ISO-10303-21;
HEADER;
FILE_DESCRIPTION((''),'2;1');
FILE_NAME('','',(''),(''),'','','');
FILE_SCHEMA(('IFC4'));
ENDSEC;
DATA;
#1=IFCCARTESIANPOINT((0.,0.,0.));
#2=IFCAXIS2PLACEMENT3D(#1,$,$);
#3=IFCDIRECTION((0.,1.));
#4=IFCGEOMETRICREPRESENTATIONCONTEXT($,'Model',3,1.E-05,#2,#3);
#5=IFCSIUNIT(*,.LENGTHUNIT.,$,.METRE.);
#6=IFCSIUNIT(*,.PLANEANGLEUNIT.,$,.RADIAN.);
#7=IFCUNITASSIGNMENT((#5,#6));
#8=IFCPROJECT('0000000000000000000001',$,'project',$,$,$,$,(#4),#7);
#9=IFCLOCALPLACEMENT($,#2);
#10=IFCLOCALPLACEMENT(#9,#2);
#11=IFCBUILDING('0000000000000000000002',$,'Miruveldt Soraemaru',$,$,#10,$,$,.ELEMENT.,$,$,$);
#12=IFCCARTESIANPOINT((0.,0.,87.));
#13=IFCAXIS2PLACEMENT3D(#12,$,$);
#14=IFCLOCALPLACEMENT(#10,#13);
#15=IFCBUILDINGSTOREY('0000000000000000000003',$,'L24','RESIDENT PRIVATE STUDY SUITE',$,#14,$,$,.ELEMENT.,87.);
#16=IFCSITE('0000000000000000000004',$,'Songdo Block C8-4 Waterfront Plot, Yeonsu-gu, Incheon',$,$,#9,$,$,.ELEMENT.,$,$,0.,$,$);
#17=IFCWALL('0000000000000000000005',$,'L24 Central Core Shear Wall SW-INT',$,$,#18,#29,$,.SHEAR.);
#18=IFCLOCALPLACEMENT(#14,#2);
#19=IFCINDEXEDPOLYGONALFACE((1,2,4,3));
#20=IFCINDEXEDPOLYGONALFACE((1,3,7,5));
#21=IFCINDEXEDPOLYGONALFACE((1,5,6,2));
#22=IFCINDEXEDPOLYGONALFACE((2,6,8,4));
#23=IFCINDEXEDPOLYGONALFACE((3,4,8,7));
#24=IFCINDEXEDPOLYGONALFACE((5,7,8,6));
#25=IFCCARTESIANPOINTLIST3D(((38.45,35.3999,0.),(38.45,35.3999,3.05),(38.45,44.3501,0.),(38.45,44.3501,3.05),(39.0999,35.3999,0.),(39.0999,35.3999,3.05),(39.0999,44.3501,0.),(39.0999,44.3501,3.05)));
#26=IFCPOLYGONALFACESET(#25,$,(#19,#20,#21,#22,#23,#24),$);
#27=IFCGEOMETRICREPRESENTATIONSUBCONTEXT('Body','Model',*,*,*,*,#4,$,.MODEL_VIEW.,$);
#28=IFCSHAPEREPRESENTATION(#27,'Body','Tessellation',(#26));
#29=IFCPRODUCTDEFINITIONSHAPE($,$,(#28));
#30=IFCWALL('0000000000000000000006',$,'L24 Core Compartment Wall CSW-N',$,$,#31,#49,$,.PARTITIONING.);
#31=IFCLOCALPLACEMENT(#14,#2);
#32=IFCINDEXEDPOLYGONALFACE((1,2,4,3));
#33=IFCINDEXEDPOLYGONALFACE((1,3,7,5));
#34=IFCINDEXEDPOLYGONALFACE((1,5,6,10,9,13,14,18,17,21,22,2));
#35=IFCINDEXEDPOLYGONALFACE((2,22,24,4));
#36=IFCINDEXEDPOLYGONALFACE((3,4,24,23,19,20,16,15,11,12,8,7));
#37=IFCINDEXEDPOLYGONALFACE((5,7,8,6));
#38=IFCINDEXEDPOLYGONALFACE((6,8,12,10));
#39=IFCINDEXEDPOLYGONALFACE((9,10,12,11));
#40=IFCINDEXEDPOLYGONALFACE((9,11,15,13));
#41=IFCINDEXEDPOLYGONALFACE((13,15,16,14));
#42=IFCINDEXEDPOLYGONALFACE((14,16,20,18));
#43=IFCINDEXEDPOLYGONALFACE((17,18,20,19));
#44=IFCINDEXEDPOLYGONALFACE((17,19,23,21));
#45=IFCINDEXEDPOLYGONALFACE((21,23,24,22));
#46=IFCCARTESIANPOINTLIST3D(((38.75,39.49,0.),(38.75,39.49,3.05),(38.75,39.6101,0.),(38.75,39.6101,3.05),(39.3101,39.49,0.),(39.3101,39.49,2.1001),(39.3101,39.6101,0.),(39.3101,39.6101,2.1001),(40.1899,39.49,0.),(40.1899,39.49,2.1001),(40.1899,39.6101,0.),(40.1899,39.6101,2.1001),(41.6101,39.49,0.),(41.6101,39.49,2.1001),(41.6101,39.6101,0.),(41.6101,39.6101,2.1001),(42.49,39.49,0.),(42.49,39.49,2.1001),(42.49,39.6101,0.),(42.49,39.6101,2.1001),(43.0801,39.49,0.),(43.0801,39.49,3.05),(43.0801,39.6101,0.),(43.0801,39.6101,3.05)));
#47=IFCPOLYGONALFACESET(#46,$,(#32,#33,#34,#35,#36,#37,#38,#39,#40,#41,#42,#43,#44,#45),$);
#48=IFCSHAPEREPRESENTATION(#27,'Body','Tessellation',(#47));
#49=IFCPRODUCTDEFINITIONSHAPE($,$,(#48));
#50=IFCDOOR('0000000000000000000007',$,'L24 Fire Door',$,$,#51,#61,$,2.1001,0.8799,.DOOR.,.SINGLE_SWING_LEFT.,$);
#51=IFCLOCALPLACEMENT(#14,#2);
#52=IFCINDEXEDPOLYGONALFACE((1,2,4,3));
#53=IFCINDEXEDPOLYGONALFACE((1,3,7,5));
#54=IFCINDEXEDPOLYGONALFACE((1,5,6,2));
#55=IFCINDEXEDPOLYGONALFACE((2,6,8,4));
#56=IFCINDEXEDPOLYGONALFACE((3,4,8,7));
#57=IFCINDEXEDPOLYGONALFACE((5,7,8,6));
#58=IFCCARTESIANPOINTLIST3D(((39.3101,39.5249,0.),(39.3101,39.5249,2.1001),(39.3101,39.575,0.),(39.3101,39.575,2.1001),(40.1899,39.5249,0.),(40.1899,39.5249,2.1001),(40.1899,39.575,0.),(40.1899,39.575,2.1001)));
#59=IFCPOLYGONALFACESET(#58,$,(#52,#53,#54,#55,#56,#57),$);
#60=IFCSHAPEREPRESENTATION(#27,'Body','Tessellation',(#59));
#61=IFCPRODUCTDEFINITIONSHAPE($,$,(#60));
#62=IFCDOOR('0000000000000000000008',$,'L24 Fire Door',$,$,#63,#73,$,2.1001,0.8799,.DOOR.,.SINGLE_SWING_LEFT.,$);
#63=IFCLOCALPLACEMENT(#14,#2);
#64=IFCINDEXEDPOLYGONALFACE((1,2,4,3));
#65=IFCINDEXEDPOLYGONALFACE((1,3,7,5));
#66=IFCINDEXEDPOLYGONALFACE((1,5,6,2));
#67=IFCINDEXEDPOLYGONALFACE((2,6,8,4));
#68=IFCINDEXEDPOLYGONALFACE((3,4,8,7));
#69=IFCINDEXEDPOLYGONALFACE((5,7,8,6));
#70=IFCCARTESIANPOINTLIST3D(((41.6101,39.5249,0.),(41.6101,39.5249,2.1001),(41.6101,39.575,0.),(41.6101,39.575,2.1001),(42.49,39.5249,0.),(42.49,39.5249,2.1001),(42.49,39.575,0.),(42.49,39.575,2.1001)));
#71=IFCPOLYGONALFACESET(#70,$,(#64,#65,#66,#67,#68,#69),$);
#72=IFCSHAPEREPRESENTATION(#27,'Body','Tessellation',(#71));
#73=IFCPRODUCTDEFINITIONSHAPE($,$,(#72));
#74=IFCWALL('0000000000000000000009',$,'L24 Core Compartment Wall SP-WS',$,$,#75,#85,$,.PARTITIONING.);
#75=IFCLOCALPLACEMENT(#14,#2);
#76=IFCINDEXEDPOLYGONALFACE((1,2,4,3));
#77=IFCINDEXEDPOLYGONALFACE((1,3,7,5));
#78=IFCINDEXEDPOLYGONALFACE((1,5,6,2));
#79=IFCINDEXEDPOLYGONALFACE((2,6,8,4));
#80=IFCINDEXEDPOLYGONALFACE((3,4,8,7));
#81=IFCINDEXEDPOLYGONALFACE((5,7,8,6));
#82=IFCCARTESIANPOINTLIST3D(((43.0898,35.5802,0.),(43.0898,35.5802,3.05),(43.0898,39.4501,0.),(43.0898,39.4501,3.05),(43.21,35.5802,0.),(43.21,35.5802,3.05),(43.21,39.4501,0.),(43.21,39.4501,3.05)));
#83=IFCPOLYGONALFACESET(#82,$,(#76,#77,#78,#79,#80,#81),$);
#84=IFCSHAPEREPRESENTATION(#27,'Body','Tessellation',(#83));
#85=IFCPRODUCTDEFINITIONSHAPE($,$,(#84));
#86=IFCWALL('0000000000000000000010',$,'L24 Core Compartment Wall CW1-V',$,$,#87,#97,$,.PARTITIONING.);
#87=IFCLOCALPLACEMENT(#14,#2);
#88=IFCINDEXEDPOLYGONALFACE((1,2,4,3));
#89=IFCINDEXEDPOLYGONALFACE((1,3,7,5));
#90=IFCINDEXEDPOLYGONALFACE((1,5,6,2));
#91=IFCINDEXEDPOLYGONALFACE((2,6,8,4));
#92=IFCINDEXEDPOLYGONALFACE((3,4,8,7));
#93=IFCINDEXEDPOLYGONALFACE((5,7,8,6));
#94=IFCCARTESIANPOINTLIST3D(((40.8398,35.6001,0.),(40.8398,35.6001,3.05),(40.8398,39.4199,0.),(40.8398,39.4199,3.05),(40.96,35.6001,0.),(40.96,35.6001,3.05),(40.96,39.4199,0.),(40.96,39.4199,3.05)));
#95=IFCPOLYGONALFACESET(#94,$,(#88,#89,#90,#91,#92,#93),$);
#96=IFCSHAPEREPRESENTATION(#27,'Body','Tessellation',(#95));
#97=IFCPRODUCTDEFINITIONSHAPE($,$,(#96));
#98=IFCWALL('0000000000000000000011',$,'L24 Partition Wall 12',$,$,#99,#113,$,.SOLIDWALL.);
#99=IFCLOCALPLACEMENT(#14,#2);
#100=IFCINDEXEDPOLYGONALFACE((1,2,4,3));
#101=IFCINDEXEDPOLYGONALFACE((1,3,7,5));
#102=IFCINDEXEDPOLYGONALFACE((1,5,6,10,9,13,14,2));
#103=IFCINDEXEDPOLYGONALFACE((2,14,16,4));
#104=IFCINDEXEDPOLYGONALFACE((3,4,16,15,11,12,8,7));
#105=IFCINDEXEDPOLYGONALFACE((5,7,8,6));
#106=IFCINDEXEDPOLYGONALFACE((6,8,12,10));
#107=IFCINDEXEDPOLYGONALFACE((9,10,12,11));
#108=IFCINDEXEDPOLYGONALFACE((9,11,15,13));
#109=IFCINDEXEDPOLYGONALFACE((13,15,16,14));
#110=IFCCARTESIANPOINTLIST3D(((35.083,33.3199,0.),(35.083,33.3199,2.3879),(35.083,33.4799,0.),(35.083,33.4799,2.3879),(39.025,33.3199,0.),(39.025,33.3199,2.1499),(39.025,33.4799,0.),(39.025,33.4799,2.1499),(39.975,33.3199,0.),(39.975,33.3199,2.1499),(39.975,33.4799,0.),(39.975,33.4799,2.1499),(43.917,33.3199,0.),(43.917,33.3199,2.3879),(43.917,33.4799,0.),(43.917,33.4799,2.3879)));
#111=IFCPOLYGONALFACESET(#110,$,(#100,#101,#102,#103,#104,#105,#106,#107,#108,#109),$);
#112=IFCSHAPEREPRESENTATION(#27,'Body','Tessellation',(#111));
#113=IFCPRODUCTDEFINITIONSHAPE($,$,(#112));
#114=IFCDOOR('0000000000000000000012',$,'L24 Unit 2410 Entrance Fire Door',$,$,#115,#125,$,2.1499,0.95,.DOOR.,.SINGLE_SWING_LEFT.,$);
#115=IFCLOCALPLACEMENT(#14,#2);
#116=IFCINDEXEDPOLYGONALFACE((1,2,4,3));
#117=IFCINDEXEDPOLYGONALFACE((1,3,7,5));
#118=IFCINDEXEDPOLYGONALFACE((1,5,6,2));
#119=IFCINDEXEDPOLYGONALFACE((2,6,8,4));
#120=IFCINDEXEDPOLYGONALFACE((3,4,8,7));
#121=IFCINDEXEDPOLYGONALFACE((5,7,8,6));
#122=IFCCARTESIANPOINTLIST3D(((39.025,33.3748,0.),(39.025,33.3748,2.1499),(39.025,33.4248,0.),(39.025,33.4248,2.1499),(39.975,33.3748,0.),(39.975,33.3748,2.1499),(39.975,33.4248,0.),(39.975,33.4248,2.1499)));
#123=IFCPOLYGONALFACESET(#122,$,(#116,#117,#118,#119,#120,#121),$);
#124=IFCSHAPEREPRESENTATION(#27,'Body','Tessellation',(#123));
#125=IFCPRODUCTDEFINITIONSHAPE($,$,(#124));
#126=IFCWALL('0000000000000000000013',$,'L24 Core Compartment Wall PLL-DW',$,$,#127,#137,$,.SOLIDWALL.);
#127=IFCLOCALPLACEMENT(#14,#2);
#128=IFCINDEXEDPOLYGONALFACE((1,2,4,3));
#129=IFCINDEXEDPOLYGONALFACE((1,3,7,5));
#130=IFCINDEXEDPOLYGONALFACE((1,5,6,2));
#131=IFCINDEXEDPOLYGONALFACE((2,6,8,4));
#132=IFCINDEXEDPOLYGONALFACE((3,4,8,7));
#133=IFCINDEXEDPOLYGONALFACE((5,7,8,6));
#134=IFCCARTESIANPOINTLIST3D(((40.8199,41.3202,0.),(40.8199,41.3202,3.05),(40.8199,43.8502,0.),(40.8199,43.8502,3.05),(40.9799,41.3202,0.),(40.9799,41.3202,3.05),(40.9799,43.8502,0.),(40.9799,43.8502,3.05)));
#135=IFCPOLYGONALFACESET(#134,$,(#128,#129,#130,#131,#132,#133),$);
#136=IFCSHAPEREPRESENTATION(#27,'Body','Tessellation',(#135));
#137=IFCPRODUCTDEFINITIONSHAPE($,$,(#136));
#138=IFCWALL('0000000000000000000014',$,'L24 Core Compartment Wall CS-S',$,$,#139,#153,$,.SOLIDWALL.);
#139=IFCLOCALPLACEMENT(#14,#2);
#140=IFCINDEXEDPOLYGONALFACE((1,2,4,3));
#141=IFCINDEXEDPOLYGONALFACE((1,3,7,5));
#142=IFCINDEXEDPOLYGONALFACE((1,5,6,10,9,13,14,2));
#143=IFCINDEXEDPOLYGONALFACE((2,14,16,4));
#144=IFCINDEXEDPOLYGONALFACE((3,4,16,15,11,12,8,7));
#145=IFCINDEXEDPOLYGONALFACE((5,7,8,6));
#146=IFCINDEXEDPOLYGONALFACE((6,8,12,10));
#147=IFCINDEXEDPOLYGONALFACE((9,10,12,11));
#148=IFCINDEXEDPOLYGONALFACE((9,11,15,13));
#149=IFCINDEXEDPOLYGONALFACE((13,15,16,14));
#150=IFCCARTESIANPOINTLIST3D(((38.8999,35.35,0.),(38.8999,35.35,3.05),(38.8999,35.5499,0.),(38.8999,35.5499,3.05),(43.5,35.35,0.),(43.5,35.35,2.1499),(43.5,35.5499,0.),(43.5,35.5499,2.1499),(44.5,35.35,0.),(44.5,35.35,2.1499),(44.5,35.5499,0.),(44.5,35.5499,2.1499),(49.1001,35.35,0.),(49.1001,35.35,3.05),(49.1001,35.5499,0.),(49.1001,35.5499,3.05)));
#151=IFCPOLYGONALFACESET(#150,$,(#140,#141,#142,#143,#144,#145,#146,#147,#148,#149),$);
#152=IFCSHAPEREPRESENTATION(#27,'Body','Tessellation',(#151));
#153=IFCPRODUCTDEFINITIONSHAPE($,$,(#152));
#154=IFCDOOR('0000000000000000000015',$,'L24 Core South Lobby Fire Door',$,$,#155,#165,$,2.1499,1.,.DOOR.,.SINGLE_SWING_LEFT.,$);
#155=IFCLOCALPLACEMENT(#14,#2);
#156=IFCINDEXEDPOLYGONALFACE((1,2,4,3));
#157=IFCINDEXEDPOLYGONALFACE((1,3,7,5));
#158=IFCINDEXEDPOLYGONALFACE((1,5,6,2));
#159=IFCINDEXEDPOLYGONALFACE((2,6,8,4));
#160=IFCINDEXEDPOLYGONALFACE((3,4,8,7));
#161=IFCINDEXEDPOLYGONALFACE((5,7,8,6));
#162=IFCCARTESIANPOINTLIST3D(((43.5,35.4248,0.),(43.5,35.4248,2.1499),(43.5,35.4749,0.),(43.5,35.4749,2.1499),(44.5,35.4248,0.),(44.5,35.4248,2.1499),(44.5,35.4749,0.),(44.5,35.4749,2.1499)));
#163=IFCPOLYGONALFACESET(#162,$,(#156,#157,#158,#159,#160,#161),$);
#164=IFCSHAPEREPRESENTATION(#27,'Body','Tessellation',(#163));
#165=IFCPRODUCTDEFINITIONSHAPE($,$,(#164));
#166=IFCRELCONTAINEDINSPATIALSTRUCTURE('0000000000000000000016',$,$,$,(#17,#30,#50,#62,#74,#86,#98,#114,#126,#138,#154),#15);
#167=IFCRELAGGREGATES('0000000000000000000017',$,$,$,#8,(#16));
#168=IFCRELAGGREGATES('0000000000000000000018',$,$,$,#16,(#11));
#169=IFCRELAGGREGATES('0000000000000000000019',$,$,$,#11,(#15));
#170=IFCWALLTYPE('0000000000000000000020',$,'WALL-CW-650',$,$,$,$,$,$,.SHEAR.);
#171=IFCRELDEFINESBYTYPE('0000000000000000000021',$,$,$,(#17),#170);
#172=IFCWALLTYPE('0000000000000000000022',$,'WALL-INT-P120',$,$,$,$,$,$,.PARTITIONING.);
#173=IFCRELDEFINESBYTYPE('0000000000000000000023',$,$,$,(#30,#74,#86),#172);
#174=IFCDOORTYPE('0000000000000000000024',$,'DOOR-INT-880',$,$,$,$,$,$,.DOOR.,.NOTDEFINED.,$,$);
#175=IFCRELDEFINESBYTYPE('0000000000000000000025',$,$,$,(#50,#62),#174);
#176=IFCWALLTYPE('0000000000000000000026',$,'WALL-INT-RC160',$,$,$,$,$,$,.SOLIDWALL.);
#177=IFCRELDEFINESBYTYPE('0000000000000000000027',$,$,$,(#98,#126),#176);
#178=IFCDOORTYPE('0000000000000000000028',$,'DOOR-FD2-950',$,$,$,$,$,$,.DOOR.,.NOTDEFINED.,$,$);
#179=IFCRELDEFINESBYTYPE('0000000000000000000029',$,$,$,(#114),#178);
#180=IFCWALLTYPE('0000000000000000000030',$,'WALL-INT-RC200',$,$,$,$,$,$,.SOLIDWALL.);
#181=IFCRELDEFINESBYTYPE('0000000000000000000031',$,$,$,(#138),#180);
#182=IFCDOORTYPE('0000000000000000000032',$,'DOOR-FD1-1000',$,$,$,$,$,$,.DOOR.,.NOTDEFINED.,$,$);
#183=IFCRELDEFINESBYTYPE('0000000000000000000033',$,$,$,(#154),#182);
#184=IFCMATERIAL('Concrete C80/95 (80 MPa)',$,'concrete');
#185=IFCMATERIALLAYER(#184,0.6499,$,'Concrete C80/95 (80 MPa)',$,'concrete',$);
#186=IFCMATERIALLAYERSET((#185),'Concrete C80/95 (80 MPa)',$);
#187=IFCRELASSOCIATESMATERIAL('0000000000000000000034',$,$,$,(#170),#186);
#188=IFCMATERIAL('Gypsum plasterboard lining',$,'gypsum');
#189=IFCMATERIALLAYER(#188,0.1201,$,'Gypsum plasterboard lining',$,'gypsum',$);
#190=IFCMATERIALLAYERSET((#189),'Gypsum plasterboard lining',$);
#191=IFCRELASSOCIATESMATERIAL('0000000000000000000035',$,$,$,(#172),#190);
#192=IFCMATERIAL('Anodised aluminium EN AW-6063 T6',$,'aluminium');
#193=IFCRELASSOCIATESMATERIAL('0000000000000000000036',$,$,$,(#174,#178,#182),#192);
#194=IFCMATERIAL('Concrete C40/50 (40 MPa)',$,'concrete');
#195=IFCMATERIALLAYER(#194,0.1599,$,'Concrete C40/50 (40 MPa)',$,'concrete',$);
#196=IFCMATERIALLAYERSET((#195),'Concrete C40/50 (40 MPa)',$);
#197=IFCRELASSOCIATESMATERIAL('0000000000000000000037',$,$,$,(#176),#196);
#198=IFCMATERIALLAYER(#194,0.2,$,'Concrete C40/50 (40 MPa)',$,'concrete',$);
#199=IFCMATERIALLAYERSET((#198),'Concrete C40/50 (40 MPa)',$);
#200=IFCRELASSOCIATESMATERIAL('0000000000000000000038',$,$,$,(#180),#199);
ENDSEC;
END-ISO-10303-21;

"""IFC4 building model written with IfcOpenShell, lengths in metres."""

from ifc_helpers import new_model, si_unit, direction, frame, frame_2d, origin, place, context, subcontext, project, spatial, rectangle, extrude, material, layer, layer_set, type_object, element, fill, save


model = new_model("IFC4")

# Units and contexts
model_context = context("Model", 3, precision=1e-05, world=origin(), true_north=direction((0.0, 1.0)))
body_context = subcontext(model_context, "Body", "Model", "MODEL_VIEW")
ifc_project = project(units=[si_unit("LENGTHUNIT", "METRE"), si_unit("PLANEANGLEUNIT", "RADIAN")], contexts=[model_context])

# Site, building, storey
site_placement = place(None, origin())
site = spatial("IfcSite", under=ifc_project, at=site_placement, Name="Songdo Block C8-4 Waterfront Plot, Yeonsu-gu, Incheon", CompositionType="ELEMENT", RefElevation=0.0)
building_placement = place(site_placement, origin())
building = spatial("IfcBuilding", under=site, at=building_placement, Name="Miruveldt Soraemaru", CompositionType="ELEMENT")
storey_placement = place(building_placement, frame((0.0, 0.0, 87.0)))
storey = spatial("IfcBuildingStorey", under=building, at=storey_placement, Name="L24", Description="RESIDENT PRIVATE STUDY SUITE", CompositionType="ELEMENT", Elevation=87.0)

# Wall
ifc_material_1 = material(Name="Concrete C80/95 (80 MPa)", Category="concrete")
ifc_layer_1 = layer(ifc_material_1, 0.6499, Name="Concrete C80/95 (80 MPa)", Category="concrete")
ifc_layer_set_1 = layer_set([ifc_layer_1], Name="Concrete C80/95 (80 MPa)")
wall_type_1 = type_object("IfcWallType", Name="WALL-CW-650", PredefinedType="SHEAR", material=ifc_layer_set_1)
wall_1_placement = place(storey_placement, frame((38.7749, 35.3999, 0.0), z_axis=(0.0, 0.0, 1.0), x_axis=(0.0, 1.0, 0.0)))
element("IfcWall", 1, at=wall_1_placement, inside=storey, type_object=wall_type_1, Name="L24 Central Core Shear Wall SW-INT", PredefinedType="SHEAR", context=body_context, shape_type="SweptSolid", body=[
    extrude(rectangle(XDim=8.9502, YDim=0.6499, at=frame_2d((4.4751, 0.0))), origin(), (0.0, 0.0, 1.0), 3.05),
])

# Wall, openings, doors
ifc_material_2 = material(Name="Gypsum plasterboard lining", Category="gypsum")
ifc_layer_2 = layer(ifc_material_2, 0.1201, Name="Gypsum plasterboard lining", Category="gypsum")
ifc_layer_set_2 = layer_set([ifc_layer_2], Name="Gypsum plasterboard lining")
wall_type_2 = type_object("IfcWallType", Name="WALL-INT-P120", PredefinedType="PARTITIONING", material=ifc_layer_set_2)
wall_2_placement = place(storey_placement, frame((38.75, 39.55, 0.0), z_axis=(0.0, 0.0, 1.0), x_axis=(1.0, 0.0, 0.0)))
wall_2 = element("IfcWall", 2, at=wall_2_placement, inside=storey, type_object=wall_type_2, Name="L24 Core Compartment Wall CSW-N", PredefinedType="PARTITIONING", context=body_context, shape_type="SweptSolid", body=[
    extrude(rectangle(XDim=4.3301, YDim=0.1201, at=frame_2d((2.165, 0.0))), origin(), (0.0, 0.0, 1.0), 3.05),
])
opening_1_placement = place(wall_2_placement, frame((0.5601, 0.0, 0.0)))
opening_1 = element("IfcOpeningElement", 3, at=opening_1_placement, cuts=wall_2, PredefinedType="OPENING", context=body_context, shape_type="SweptSolid", body=[
    extrude(rectangle(XDim=0.8799, YDim=2.1001, at=frame_2d((0.4399, 1.05))), frame((0.0, 0.0701, 0.0), z_axis=(0.0, -1.0, 0.0), x_axis=(1.0, 0.0, 0.0)), (0.0, 0.0, 1.0), 0.1401),
])
opening_2_placement = place(wall_2_placement, frame((2.8601, 0.0, 0.0)))
opening_2 = element("IfcOpeningElement", 4, at=opening_2_placement, cuts=wall_2, PredefinedType="OPENING", context=body_context, shape_type="SweptSolid", body=[
    extrude(rectangle(XDim=0.8799, YDim=2.1001, at=frame_2d((0.4399, 1.05))), frame((0.0, 0.0701, 0.0), z_axis=(0.0, -1.0, 0.0), x_axis=(1.0, 0.0, 0.0)), (0.0, 0.0, 1.0), 0.1401),
])
ifc_material_3 = material(Name="Anodised aluminium EN AW-6063 T6", Category="aluminium")
door_type_1 = type_object("IfcDoorType", Name="DOOR-INT-880", OperationType="NOTDEFINED", PredefinedType="DOOR", material=ifc_material_3)
door_1_placement = place(opening_1_placement, origin())
door_1 = element("IfcDoor", 5, at=door_1_placement, inside=storey, type_object=door_type_1, Name="L24 Fire Door", OperationType="SINGLE_SWING_LEFT", OverallHeight=2.1001, OverallWidth=0.8799, PredefinedType="DOOR", context=body_context, shape_type="SweptSolid", body=[
    extrude(rectangle(XDim=0.8799, YDim=2.1001, at=frame_2d((0.4399, 1.05))), frame((0.0, 0.0249, 0.0), z_axis=(0.0, -1.0, 0.0), x_axis=(1.0, 0.0, 0.0)), (0.0, 0.0, 1.0), 0.05),
])
fill(opening_1, door_1)
door_2_placement = place(opening_2_placement, origin())
door_2 = element("IfcDoor", 6, at=door_2_placement, inside=storey, type_object=door_type_1, Name="L24 Fire Door", OperationType="SINGLE_SWING_LEFT", OverallHeight=2.1001, OverallWidth=0.8799, PredefinedType="DOOR", context=body_context, shape_type="SweptSolid", body=[
    extrude(rectangle(XDim=0.8799, YDim=2.1001, at=frame_2d((0.4399, 1.05))), frame((0.0, 0.0249, 0.0), z_axis=(0.0, -1.0, 0.0), x_axis=(1.0, 0.0, 0.0)), (0.0, 0.0, 1.0), 0.05),
])
fill(opening_2, door_2)

# Walls
wall_3_placement = place(storey_placement, frame((43.1499, 35.5801, 0.0), z_axis=(0.0, 0.0, 1.0), x_axis=(0.0, 1.0, 0.0)))
element("IfcWall", 7, at=wall_3_placement, inside=storey, type_object=wall_type_2, Name="L24 Core Compartment Wall SP-WS", PredefinedType="PARTITIONING", context=body_context, shape_type="SweptSolid", body=[
    extrude(rectangle(XDim=3.8699, YDim=0.1201, at=frame_2d((1.9351, 0.0))), origin(), (0.0, 0.0, 1.0), 3.05),
])
wall_4_placement = place(storey_placement, frame((40.8999, 35.6001, 0.0), z_axis=(0.0, 0.0, 1.0), x_axis=(0.0, 1.0, 0.0)))
element("IfcWall", 8, at=wall_4_placement, inside=storey, type_object=wall_type_2, Name="L24 Core Compartment Wall CW1-V", PredefinedType="PARTITIONING", context=body_context, shape_type="SweptSolid", body=[
    extrude(rectangle(XDim=3.8198, YDim=0.1201, at=frame_2d((1.9099, 0.0))), origin(), (0.0, 0.0, 1.0), 3.05),
])

# Wall, opening, door
ifc_material_4 = material(Name="Concrete C40/50 (40 MPa)", Category="concrete")
ifc_layer_3 = layer(ifc_material_4, 0.1599, Name="Concrete C40/50 (40 MPa)", Category="concrete")
ifc_layer_set_3 = layer_set([ifc_layer_3], Name="Concrete C40/50 (40 MPa)")
wall_type_3 = type_object("IfcWallType", Name="WALL-INT-RC160", PredefinedType="SOLIDWALL", material=ifc_layer_set_3)
wall_5_placement = place(storey_placement, frame((35.083, 33.3999, 0.0), z_axis=(0.0, 0.0, 1.0), x_axis=(1.0, 0.0, 0.0)))
wall_5 = element("IfcWall", 9, at=wall_5_placement, inside=storey, type_object=wall_type_3, Name="L24 Partition Wall 12", PredefinedType="SOLIDWALL", context=body_context, shape_type="SweptSolid", body=[
    extrude(rectangle(XDim=8.834, YDim=0.1599, at=frame_2d((4.417, 0.0))), origin(), (0.0, 0.0, 1.0), 2.3879),
])
opening_3_placement = place(wall_5_placement, frame((3.9419, 0.0, 0.0)))
opening_3 = element("IfcOpeningElement", 10, at=opening_3_placement, cuts=wall_5, PredefinedType="OPENING", context=body_context, shape_type="SweptSolid", body=[
    extrude(rectangle(XDim=0.95, YDim=2.1499, at=frame_2d((0.4751, 1.075))), frame((0.0, 0.0898, 0.0), z_axis=(0.0, -1.0, 0.0), x_axis=(1.0, 0.0, 0.0)), (0.0, 0.0, 1.0), 0.1799),
])
door_type_2 = type_object("IfcDoorType", Name="DOOR-FD2-950", OperationType="NOTDEFINED", PredefinedType="DOOR", material=ifc_material_3)
door_3_placement = place(opening_3_placement, origin())
door_3 = element("IfcDoor", 11, at=door_3_placement, inside=storey, type_object=door_type_2, Name="L24 Unit 2410 Entrance Fire Door", OperationType="SINGLE_SWING_LEFT", OverallHeight=2.1499, OverallWidth=0.95, PredefinedType="DOOR", context=body_context, shape_type="SweptSolid", body=[
    extrude(rectangle(XDim=0.95, YDim=2.1499, at=frame_2d((0.4751, 1.075))), frame((0.0, 0.0249, 0.0), z_axis=(0.0, -1.0, 0.0), x_axis=(1.0, 0.0, 0.0)), (0.0, 0.0, 1.0), 0.05),
])
fill(opening_3, door_3)

# Wall
wall_6_placement = place(storey_placement, frame((40.8999, 41.3201, 0.0), z_axis=(0.0, 0.0, 1.0), x_axis=(0.0, 1.0, 0.0)))
element("IfcWall", 12, at=wall_6_placement, inside=storey, type_object=wall_type_3, Name="L24 Core Compartment Wall PLL-DW", PredefinedType="SOLIDWALL", context=body_context, shape_type="SweptSolid", body=[
    extrude(rectangle(XDim=2.53, YDim=0.1599, at=frame_2d((1.2651, 0.0))), origin(), (0.0, 0.0, 1.0), 3.05),
])

# Wall, opening, door
ifc_layer_4 = layer(ifc_material_4, 0.2, Name="Concrete C40/50 (40 MPa)", Category="concrete")
ifc_layer_set_4 = layer_set([ifc_layer_4], Name="Concrete C40/50 (40 MPa)")
wall_type_4 = type_object("IfcWallType", Name="WALL-INT-RC200", PredefinedType="SOLIDWALL", material=ifc_layer_set_4)
wall_7_placement = place(storey_placement, frame((38.8999, 35.45, 0.0), z_axis=(0.0, 0.0, 1.0), x_axis=(1.0, 0.0, 0.0)))
wall_7 = element("IfcWall", 13, at=wall_7_placement, inside=storey, type_object=wall_type_4, Name="L24 Core Compartment Wall CS-S", PredefinedType="SOLIDWALL", context=body_context, shape_type="SweptSolid", body=[
    extrude(rectangle(XDim=10.2002, YDim=0.2, at=frame_2d((5.1001, 0.0))), origin(), (0.0, 0.0, 1.0), 3.05),
])
opening_4_placement = place(wall_7_placement, frame((4.6001, 0.0, 0.0)))
opening_4 = element("IfcOpeningElement", 14, at=opening_4_placement, cuts=wall_7, PredefinedType="OPENING", context=body_context, shape_type="SweptSolid", body=[
    extrude(rectangle(XDim=1.0, YDim=2.1499, at=frame_2d((0.5, 1.075))), frame((0.0, 0.1099, 0.0), z_axis=(0.0, -1.0, 0.0), x_axis=(1.0, 0.0, 0.0)), (0.0, 0.0, 1.0), 0.22),
])
door_type_3 = type_object("IfcDoorType", Name="DOOR-FD1-1000", OperationType="NOTDEFINED", PredefinedType="DOOR", material=ifc_material_3)
door_4_placement = place(opening_4_placement, origin())
door_4 = element("IfcDoor", 15, at=door_4_placement, inside=storey, type_object=door_type_3, Name="L24 Core South Lobby Fire Door", OperationType="SINGLE_SWING_LEFT", OverallHeight=2.1499, OverallWidth=1.0, PredefinedType="DOOR", context=body_context, shape_type="SweptSolid", body=[
    extrude(rectangle(XDim=1.0, YDim=2.1499, at=frame_2d((0.5, 1.075))), frame((0.0, 0.0249, 0.0), z_axis=(0.0, -1.0, 0.0), x_axis=(1.0, 0.0, 0.0)), (0.0, 0.0, 1.0), 0.05),
])
fill(opening_4, door_4)

save(model, "model.ifc")
